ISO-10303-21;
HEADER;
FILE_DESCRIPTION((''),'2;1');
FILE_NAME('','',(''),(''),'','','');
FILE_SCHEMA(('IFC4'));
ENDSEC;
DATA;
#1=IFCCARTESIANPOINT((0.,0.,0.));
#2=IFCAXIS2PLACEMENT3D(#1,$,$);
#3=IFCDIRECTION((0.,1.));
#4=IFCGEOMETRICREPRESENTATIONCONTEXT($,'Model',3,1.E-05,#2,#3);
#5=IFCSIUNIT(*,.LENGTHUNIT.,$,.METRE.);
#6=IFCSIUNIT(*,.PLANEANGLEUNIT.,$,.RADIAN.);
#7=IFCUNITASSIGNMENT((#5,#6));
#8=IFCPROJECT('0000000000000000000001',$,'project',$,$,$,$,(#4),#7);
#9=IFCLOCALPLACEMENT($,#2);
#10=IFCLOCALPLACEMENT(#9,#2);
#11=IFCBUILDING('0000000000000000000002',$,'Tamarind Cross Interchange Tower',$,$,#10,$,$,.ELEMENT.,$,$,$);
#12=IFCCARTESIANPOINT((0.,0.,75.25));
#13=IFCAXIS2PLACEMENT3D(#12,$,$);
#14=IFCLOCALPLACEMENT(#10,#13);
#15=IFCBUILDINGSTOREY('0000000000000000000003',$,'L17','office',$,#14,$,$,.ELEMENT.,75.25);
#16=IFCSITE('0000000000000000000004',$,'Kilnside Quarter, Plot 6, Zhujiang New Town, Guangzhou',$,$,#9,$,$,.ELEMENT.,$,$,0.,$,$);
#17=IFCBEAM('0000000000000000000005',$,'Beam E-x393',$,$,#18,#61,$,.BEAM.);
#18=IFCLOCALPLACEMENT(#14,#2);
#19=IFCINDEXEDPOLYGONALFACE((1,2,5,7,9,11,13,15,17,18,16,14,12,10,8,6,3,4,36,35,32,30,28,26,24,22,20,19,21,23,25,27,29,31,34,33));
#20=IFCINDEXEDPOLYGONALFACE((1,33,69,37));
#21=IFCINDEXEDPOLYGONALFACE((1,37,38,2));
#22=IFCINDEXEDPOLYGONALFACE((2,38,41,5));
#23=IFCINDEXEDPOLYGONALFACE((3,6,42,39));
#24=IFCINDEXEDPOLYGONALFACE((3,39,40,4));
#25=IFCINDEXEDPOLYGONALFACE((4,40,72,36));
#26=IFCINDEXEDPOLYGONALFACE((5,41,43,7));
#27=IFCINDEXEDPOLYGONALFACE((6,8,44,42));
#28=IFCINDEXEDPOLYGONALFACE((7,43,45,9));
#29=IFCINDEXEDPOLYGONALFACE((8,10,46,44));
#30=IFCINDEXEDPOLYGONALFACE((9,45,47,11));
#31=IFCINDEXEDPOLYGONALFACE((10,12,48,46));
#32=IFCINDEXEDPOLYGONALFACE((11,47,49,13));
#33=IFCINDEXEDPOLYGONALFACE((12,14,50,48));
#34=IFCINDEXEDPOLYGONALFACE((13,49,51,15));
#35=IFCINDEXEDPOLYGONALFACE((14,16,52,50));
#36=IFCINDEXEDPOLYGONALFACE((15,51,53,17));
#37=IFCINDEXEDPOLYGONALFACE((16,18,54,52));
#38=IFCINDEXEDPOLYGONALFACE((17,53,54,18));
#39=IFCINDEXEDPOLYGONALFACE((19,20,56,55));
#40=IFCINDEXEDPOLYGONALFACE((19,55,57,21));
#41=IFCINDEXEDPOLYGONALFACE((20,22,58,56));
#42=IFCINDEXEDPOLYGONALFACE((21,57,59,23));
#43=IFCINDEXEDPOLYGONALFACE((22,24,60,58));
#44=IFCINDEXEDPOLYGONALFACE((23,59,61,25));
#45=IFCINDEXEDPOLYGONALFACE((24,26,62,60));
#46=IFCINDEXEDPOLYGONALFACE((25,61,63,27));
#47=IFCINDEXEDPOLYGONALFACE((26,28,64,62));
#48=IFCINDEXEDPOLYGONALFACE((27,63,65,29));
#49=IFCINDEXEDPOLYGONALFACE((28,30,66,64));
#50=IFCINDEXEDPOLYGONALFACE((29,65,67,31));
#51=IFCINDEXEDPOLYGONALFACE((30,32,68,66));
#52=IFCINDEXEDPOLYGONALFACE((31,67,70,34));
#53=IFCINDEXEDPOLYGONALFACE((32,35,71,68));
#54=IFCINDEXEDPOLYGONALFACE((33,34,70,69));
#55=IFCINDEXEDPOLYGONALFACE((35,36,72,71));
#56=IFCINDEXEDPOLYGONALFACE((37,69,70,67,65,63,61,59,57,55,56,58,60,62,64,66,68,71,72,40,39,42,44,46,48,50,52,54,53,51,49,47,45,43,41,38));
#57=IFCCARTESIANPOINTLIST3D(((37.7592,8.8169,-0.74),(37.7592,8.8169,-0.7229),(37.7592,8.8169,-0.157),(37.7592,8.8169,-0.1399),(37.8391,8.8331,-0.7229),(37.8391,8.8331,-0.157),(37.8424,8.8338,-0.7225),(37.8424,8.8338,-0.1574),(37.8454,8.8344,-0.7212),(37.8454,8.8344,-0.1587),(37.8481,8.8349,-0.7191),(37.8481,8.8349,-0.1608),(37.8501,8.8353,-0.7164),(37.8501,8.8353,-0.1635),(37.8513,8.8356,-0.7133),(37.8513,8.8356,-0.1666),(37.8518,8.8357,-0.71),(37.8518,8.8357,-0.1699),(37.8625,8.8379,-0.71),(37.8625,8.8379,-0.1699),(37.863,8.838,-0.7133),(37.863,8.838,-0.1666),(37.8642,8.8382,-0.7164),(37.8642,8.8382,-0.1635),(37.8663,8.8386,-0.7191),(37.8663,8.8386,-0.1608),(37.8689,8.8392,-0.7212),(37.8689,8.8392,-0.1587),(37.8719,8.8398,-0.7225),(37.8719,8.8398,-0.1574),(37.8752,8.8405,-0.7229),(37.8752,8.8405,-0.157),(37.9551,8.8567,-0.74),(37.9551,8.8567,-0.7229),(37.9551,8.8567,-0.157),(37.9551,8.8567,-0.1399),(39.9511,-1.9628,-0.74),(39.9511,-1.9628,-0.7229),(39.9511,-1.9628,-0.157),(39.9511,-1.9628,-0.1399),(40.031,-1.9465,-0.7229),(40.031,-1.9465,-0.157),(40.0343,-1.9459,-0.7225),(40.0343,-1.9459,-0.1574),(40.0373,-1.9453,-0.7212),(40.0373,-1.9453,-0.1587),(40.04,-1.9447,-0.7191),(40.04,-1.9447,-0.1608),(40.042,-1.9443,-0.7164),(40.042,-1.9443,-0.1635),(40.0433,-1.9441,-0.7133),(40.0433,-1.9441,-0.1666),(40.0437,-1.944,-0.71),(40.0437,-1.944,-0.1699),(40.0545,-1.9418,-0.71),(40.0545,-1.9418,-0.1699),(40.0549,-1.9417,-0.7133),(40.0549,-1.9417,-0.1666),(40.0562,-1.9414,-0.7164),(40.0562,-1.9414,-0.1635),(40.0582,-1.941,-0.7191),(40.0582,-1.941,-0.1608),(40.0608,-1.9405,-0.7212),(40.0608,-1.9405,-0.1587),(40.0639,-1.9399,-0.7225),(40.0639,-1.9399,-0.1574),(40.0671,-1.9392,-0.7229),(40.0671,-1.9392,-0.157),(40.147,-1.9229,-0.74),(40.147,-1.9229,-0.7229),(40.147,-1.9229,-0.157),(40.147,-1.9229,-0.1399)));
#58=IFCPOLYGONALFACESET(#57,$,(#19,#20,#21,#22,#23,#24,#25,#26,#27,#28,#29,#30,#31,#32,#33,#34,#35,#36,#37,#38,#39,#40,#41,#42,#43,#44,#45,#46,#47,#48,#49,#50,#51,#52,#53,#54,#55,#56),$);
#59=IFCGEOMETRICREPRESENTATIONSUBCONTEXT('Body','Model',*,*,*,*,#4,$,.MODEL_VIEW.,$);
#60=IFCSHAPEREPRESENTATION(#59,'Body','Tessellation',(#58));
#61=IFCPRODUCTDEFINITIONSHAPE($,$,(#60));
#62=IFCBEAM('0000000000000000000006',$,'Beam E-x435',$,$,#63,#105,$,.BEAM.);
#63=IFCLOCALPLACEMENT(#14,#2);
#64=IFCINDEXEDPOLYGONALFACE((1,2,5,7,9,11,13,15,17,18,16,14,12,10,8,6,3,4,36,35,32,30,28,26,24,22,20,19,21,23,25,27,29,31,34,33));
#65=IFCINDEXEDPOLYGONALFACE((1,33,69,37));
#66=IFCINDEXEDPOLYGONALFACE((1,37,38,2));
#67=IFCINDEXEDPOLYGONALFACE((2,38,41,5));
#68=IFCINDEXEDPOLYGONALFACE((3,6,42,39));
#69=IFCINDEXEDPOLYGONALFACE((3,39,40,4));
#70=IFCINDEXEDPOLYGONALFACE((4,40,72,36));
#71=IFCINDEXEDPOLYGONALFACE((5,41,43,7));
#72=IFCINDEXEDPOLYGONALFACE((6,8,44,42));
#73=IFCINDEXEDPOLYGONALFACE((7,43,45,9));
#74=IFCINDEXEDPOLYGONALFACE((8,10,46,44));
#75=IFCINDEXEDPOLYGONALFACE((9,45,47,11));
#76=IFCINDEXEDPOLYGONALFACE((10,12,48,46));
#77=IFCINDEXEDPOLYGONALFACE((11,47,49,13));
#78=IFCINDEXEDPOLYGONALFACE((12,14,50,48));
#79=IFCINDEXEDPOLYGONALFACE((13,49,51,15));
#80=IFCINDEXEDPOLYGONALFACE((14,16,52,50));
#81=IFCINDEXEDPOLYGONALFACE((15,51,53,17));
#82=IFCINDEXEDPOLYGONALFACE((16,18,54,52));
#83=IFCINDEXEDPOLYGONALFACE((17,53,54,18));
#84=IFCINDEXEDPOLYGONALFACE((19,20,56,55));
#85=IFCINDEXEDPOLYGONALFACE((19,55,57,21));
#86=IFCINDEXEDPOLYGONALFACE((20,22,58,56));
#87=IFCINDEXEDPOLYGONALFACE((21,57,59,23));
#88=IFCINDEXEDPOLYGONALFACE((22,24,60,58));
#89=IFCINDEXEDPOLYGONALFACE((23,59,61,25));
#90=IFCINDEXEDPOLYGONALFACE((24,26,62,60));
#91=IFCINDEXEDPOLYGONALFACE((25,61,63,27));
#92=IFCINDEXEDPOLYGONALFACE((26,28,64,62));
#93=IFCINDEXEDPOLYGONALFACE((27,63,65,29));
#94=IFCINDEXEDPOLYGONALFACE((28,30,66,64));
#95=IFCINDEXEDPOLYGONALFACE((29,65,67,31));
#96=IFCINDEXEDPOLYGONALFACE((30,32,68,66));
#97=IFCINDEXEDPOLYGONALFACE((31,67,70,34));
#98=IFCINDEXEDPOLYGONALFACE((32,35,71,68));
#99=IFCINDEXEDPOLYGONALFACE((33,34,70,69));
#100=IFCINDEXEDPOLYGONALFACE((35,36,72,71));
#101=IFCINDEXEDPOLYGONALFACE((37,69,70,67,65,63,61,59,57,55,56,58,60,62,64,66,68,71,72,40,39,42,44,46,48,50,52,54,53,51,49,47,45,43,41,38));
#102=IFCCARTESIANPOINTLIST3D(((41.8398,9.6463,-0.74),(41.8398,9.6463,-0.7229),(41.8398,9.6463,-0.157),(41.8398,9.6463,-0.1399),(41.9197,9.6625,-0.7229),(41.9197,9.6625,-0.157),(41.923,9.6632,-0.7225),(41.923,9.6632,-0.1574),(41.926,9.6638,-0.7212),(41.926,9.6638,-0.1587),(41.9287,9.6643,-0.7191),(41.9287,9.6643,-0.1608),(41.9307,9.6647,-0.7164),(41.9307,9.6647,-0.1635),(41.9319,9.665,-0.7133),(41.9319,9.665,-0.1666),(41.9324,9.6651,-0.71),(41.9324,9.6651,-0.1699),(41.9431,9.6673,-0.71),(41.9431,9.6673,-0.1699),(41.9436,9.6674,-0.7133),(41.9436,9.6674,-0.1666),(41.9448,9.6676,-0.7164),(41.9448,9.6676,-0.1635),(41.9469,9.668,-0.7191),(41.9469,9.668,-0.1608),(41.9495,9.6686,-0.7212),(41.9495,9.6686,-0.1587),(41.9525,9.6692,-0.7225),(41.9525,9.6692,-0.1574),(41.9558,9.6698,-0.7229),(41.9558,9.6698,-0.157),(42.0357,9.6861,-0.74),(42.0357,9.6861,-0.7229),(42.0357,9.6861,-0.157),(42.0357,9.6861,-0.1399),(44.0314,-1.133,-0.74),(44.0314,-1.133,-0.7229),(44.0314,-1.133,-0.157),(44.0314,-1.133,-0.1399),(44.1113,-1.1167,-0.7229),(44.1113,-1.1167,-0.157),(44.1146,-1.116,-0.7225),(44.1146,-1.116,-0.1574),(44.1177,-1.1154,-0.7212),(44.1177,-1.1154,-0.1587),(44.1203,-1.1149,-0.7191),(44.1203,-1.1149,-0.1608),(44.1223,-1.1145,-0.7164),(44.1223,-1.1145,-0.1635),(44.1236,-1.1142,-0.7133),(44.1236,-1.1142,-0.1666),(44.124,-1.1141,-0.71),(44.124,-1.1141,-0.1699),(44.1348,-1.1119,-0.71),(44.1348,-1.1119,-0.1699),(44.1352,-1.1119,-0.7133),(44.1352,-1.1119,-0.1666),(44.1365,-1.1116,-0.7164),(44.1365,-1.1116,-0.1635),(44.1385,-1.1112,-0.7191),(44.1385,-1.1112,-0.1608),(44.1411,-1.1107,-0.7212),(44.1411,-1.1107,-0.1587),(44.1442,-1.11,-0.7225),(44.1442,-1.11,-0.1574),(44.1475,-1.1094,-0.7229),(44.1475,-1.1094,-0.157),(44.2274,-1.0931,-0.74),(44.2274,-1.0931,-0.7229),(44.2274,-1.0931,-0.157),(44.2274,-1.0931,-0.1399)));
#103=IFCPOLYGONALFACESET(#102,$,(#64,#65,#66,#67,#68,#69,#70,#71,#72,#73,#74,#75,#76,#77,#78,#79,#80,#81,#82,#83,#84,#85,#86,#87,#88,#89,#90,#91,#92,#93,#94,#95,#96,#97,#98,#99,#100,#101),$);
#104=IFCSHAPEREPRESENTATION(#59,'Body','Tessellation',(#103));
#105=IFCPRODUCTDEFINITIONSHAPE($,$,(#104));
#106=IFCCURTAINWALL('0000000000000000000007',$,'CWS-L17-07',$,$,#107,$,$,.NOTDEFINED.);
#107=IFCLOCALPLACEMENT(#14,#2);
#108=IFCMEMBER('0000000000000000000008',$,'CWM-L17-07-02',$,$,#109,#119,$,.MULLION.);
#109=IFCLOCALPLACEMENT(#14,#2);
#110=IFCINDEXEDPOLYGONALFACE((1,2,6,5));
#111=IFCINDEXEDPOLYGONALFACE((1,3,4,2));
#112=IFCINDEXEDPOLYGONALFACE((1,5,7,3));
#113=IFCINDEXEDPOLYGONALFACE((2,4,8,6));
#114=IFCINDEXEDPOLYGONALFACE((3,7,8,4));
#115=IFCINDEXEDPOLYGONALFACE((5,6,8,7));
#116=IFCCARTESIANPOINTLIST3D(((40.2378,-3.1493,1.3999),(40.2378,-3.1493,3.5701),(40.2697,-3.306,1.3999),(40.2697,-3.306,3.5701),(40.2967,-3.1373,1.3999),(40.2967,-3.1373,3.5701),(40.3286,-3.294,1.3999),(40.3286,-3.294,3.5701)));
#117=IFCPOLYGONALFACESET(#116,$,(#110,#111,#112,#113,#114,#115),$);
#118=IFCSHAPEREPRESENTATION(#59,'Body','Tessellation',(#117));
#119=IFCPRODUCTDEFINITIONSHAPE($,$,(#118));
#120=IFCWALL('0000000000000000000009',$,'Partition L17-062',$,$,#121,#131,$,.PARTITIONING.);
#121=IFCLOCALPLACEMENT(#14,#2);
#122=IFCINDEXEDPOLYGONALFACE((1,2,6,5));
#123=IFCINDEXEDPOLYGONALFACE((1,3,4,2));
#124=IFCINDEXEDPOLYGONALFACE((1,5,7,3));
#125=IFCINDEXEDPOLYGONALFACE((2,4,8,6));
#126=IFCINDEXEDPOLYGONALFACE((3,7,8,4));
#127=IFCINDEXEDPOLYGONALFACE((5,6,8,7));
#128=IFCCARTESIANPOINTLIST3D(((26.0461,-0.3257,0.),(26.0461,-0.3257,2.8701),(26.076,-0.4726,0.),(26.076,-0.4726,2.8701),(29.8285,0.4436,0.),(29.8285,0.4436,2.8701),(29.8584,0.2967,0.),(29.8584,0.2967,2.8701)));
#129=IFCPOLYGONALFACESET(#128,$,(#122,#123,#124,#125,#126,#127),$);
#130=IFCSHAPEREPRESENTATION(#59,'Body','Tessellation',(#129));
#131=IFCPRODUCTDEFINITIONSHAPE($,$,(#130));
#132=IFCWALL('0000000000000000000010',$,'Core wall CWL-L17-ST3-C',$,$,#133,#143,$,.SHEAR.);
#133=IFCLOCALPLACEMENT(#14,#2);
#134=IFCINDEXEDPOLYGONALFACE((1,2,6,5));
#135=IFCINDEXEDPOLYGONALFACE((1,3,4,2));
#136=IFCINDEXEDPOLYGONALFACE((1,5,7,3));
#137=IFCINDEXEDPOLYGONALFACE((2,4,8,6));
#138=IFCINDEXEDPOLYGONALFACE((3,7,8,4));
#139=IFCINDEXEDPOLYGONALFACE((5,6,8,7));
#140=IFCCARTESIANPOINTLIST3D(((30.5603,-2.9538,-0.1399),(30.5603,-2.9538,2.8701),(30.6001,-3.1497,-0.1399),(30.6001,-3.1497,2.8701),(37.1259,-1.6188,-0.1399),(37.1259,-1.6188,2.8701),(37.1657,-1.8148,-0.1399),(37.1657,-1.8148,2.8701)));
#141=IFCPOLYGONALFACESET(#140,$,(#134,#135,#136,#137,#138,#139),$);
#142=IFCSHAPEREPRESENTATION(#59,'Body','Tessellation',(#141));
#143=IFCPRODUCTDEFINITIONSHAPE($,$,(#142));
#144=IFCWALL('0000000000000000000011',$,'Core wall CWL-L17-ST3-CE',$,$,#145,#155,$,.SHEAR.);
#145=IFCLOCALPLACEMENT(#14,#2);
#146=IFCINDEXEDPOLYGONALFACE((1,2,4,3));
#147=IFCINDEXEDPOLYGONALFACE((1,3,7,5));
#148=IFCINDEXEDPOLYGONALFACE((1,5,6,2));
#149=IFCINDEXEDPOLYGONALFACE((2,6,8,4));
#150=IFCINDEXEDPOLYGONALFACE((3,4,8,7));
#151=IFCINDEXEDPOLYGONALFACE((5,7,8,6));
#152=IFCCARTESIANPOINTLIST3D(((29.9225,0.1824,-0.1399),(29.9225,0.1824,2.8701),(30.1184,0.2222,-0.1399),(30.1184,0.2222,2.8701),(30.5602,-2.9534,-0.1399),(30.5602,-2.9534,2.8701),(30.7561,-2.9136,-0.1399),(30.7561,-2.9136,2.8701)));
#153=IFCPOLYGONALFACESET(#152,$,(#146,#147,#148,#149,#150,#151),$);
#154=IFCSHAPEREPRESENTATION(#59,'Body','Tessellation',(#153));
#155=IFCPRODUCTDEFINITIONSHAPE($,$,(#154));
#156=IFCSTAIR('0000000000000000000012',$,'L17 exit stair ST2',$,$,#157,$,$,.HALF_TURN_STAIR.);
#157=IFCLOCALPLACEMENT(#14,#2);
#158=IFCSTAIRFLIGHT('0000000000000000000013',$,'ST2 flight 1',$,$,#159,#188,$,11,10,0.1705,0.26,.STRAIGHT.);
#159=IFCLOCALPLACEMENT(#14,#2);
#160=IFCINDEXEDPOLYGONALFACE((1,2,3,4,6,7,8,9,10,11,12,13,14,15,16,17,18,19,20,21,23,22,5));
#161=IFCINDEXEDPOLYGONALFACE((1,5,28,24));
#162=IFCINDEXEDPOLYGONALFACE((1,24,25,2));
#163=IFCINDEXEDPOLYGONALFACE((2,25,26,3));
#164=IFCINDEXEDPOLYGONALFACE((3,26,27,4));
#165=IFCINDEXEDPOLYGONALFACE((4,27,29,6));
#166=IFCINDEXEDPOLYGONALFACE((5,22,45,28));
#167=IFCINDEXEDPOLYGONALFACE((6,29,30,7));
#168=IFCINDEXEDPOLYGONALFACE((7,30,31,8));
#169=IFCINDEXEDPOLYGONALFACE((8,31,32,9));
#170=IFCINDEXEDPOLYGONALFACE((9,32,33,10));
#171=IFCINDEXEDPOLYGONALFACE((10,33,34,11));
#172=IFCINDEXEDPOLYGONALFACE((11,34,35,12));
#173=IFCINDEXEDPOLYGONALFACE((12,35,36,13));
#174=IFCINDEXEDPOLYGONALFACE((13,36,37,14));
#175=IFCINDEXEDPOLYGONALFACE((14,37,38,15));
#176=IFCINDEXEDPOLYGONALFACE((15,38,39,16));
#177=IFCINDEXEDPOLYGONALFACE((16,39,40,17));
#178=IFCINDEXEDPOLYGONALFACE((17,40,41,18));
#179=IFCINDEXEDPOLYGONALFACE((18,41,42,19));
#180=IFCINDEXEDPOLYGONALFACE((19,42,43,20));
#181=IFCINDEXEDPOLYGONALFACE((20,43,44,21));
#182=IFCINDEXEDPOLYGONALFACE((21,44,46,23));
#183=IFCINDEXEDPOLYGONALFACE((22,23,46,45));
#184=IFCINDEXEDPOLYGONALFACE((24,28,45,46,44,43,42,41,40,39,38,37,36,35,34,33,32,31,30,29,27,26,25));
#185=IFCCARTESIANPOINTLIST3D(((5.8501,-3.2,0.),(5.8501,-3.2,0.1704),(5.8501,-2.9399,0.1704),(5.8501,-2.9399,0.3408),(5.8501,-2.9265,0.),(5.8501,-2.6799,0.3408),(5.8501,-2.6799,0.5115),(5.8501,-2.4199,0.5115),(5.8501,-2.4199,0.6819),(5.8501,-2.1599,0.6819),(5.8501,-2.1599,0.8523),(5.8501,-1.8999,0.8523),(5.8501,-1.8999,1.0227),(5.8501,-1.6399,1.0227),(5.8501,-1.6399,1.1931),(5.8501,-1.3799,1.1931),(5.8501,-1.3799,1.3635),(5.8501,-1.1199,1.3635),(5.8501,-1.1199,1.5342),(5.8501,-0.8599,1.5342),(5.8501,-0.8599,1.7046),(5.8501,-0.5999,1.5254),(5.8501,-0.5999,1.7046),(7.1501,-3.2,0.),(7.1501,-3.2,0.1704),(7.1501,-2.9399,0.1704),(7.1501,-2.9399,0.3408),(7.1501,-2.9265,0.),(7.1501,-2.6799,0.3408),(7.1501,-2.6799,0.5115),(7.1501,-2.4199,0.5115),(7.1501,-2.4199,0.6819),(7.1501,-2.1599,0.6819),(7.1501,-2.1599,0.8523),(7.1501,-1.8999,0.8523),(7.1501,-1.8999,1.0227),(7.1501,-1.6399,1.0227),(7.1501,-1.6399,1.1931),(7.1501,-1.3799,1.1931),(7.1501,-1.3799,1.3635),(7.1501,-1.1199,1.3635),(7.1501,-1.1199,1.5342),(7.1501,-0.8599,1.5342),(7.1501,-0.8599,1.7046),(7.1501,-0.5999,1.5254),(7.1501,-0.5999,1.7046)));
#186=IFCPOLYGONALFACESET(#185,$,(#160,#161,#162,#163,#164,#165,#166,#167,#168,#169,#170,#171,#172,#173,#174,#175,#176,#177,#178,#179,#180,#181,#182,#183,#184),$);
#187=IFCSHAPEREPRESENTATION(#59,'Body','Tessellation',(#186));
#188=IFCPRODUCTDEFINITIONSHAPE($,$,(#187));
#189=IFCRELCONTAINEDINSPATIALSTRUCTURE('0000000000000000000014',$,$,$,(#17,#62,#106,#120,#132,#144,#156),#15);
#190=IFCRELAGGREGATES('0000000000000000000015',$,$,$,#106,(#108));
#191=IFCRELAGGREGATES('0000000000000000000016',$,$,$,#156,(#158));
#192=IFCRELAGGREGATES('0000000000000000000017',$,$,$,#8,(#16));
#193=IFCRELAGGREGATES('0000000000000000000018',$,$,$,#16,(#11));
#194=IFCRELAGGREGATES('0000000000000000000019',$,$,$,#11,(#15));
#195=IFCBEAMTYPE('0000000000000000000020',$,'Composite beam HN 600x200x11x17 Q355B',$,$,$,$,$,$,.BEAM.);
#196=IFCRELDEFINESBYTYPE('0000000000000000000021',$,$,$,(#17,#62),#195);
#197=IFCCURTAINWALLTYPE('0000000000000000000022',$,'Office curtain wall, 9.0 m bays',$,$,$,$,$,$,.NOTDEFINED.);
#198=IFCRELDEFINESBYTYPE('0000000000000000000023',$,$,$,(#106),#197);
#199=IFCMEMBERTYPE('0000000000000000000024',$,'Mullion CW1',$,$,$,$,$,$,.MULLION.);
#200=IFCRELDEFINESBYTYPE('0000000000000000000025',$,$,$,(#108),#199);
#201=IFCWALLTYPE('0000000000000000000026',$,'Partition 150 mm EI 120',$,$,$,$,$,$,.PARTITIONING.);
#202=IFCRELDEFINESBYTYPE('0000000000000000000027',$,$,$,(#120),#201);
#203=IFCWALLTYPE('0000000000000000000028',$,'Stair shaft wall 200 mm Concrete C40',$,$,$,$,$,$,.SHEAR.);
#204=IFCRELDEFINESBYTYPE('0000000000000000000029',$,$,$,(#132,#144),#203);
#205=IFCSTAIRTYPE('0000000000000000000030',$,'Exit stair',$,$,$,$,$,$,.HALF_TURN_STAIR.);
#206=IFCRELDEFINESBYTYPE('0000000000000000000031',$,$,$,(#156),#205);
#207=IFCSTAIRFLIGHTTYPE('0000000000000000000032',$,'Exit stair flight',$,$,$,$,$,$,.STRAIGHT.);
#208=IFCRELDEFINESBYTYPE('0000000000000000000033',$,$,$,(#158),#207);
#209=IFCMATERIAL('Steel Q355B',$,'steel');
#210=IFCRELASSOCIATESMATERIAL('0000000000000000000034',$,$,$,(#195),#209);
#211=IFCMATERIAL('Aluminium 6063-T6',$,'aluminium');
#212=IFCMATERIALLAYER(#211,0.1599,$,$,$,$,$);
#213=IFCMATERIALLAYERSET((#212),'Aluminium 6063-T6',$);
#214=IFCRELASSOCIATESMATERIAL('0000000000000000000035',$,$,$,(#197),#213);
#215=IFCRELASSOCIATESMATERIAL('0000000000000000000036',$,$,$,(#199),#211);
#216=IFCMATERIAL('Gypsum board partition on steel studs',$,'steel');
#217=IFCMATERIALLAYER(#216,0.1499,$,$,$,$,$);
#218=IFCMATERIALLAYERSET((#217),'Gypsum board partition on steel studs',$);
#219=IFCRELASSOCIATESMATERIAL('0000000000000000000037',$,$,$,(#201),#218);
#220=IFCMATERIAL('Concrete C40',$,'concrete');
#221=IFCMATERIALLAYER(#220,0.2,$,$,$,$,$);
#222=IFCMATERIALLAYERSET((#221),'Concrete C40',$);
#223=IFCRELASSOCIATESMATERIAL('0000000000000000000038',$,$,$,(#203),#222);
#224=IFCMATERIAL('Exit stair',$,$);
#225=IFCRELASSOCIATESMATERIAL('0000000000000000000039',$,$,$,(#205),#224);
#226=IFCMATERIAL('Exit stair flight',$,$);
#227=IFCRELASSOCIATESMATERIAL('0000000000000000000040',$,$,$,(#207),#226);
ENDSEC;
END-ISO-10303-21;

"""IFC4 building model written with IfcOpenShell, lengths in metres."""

from ifc_helpers import new_model, si_unit, direction, frame, frame_2d, origin, origin_2d, place, context, subcontext, project, spatial, polyline, rectangle, i_section, outline, extrude, material, layer, layer_set, material_profile, profile_set, type_object, element, aggregate, save


model = new_model("IFC4")

# Units and contexts
model_context = context("Model", 3, precision=1e-05, world=origin(), true_north=direction((0.0, 1.0)))
body_context = subcontext(model_context, "Body", "Model", "MODEL_VIEW")
ifc_project = project(units=[si_unit("LENGTHUNIT", "METRE"), si_unit("PLANEANGLEUNIT", "RADIAN")], contexts=[model_context])

# Site, building, storey
site_placement = place(None, origin())
site = spatial("IfcSite", under=ifc_project, at=site_placement, Name="Kilnside Quarter, Plot 6, Zhujiang New Town, Guangzhou", CompositionType="ELEMENT", RefElevation=0.0)
building_placement = place(site_placement, origin())
building = spatial("IfcBuilding", under=site, at=building_placement, Name="Tamarind Cross Interchange Tower", CompositionType="ELEMENT")
storey_placement = place(building_placement, frame((0.0, 0.0, 75.25)))
storey = spatial("IfcBuildingStorey", under=building, at=storey_placement, Name="L17", Description="office", CompositionType="ELEMENT", Elevation=75.25)

# Beams
ifc_material_1 = material(Name="Steel Q355B", Category="steel")
ifc_material_profile_1 = material_profile(ifc_material_1, i_section(OverallWidth=0.2, OverallDepth=0.6001, WebThickness=0.011, FlangeThickness=0.0171, FilletRadius=0.0129, at=origin_2d()), Name="HN 600x200x11x17")
ifc_profile_set_1 = profile_set([ifc_material_profile_1], Name="Steel Q355B")
beam_type_1 = type_object("IfcBeamType", Name="Composite beam HN 600x200x11x17 Q355B", PredefinedType="BEAM", material=ifc_profile_set_1)
beam_1_placement = place(storey_placement, frame((40.0491, -1.9429, -0.4399), z_axis=(-0.199261, 0.979947, 0.0), x_axis=(-0.979947, -0.199261, 0.0)))
element("IfcBeam", 1, at=beam_1_placement, inside=storey, type_object=beam_type_1, Name="Beam E-x393", PredefinedType="BEAM", context=body_context, shape_type="SweptSolid", body=[
    extrude(i_section(OverallWidth=0.2, OverallDepth=0.6001, WebThickness=0.011, FlangeThickness=0.0171, FilletRadius=0.0129, at=origin_2d()), origin(), (0.0, 0.0, 1.0), 11.0002),
])
beam_2_placement = place(storey_placement, frame((44.1294, -1.113, -0.4399), z_axis=(-0.199244, 0.97995, 0.0), x_axis=(-0.97995, -0.199244, 0.0)))
element("IfcBeam", 2, at=beam_2_placement, inside=storey, type_object=beam_type_1, Name="Beam E-x435", PredefinedType="BEAM", context=body_context, shape_type="SweptSolid", body=[
    extrude(i_section(OverallWidth=0.2, OverallDepth=0.6001, WebThickness=0.011, FlangeThickness=0.0171, FilletRadius=0.0129, at=origin_2d()), origin(), (0.0, 0.0, 1.0), 10.9998),
])

# Curtain wall, member
ifc_material_2 = material(Name="Aluminium 6063-T6", Category="aluminium")
ifc_layer_1 = layer(ifc_material_2, 0.1599)
ifc_layer_set_1 = layer_set([ifc_layer_1], Name="Aluminium 6063-T6")
curtain_wall_type = type_object("IfcCurtainWallType", Name="Office curtain wall, 9.0 m bays", PredefinedType="NOTDEFINED", material=ifc_layer_set_1)
curtain_wall_placement = place(storey_placement, origin())
curtain_wall = element("IfcCurtainWall", 3, at=curtain_wall_placement, inside=storey, type_object=curtain_wall_type, Name="CWS-L17-07", PredefinedType="NOTDEFINED")
ifc_material_profile_2 = material_profile(ifc_material_2, rectangle(XDim=0.0601, YDim=0.1599, at=origin_2d()), Name="Mullion CW1")
ifc_profile_set_2 = profile_set([ifc_material_profile_2], Name="Aluminium 6063-T6")
member_type = type_object("IfcMemberType", Name="Mullion CW1", PredefinedType="MULLION", material=ifc_profile_set_2)
member_placement = place(storey_placement, frame((40.2832, -3.2217, 1.3999), z_axis=(0.0, 0.0, 1.0), x_axis=(0.97995, 0.199245, 0.0)))
member = element("IfcMember", 4, at=member_placement, type_object=member_type, Name="CWM-L17-07-02", PredefinedType="MULLION", context=body_context, shape_type="SweptSolid", body=[
    extrude(rectangle(XDim=0.0601, YDim=0.1599, at=origin_2d()), origin(), (0.0, 0.0, 1.0), 2.1702),
])
aggregate(curtain_wall, [member])

# Walls
ifc_material_3 = material(Name="Gypsum board partition on steel studs", Category="steel")
ifc_layer_2 = layer(ifc_material_3, 0.1499)
ifc_layer_set_2 = layer_set([ifc_layer_2], Name="Gypsum board partition on steel studs")
wall_type_1 = type_object("IfcWallType", Name="Partition 150 mm EI 120", PredefinedType="PARTITIONING", material=ifc_layer_set_2)
wall_1_placement = place(storey_placement, frame((26.061, -0.3992, 0.0), z_axis=(0.0, 0.0, 1.0), x_axis=(0.979938, 0.199302, 0.0)))
element("IfcWall", 5, at=wall_1_placement, inside=storey, type_object=wall_type_1, Name="Partition L17-062", PredefinedType="PARTITIONING", context=body_context, shape_type="SweptSolid", body=[
    extrude(rectangle(XDim=3.8599, YDim=0.1499, at=frame_2d((1.9299, 0.0))), origin(), (0.0, 0.0, 1.0), 2.8701),
])
ifc_material_4 = material(Name="Concrete C40", Category="concrete")
ifc_layer_3 = layer(ifc_material_4, 0.2)
ifc_layer_set_3 = layer_set([ifc_layer_3], Name="Concrete C40")
wall_type_2 = type_object("IfcWallType", Name="Stair shaft wall 200 mm Concrete C40", PredefinedType="SHEAR", material=ifc_layer_set_3)
wall_2_placement = place(storey_placement, frame((30.5801, -3.0518, -0.1399), z_axis=(0.0, 0.0, 1.0), x_axis=(0.979949, 0.199247, 0.0)))
element("IfcWall", 6, at=wall_2_placement, inside=storey, type_object=wall_type_2, Name="Core wall CWL-L17-ST3-C", PredefinedType="SHEAR", context=body_context, shape_type="SweptSolid", body=[
    extrude(rectangle(XDim=6.7, YDim=0.2, at=frame_2d((3.3501, 0.0))), origin(), (0.0, 0.0, 1.0), 3.01),
])
wall_3_placement = place(storey_placement, frame((30.6582, -2.9336, -0.1399), z_axis=(0.0, 0.0, 1.0), x_axis=(-0.199284, 0.979942, 0.0)))
element("IfcWall", 7, at=wall_3_placement, inside=storey, type_object=wall_type_2, Name="Core wall CWL-L17-ST3-CE", PredefinedType="SHEAR", context=body_context, shape_type="SweptSolid", body=[
    extrude(rectangle(XDim=3.2, YDim=0.2, at=frame_2d((1.6001, 0.0))), origin(), (0.0, 0.0, 1.0), 3.01),
])

# Stair, stair flight
ifc_material_5 = material(Name="Exit stair")
stair_type = type_object("IfcStairType", Name="Exit stair", PredefinedType="HALF_TURN_STAIR", material=ifc_material_5)
stair_1_placement = place(storey_placement, origin())
stair_1 = element("IfcStair", 8, at=stair_1_placement, inside=storey, type_object=stair_type, Name="L17 exit stair ST2", PredefinedType="HALF_TURN_STAIR")
ifc_material_6 = material(Name="Exit stair flight")
stair_flight_type = type_object("IfcStairFlightType", Name="Exit stair flight", PredefinedType="STRAIGHT", material=ifc_material_6)
stair_flight_1_placement = place(storey_placement, frame((6.5, -3.2, 0.0), z_axis=(0.0, 0.0, 1.0), x_axis=(0.0, 1.0, 0.0)))
stair_flight_1 = element("IfcStairFlight", 9, at=stair_flight_1_placement, type_object=stair_flight_type, Name="ST2 flight 1", NumberOfRisers=11, NumberOfTreads=10, PredefinedType="STRAIGHT", RiserHeight=0.1705, TreadLength=0.26, context=body_context, shape_type="SweptSolid", body=[
    extrude(outline(polyline([(0.0, 0.0), (0.0, 0.1704), (0.26, 0.1704), (0.26, 0.3408), (0.52, 0.3408), (0.52, 0.5115), (0.78, 0.5115), (0.78, 0.6819), (1.04, 0.6819), (1.04, 0.8523), (1.3, 0.8523), (1.3, 1.0227), (1.5601, 1.0227), (1.5601, 1.1931), (1.8201, 1.1931), (1.8201, 1.3635), (2.0801, 1.3635), (2.0801, 1.5342), (2.3401, 1.5342), (2.3401, 1.7046), (2.6001, 1.7046), (2.6001, 1.875), (2.6001, 1.5254), (0.2734, 0.0), (0.0, 0.0)])), frame((0.0, 0.6499, 0.0), z_axis=(0.0, -1.0, 0.0), x_axis=(1.0, 0.0, 0.0)), (0.0, 0.0, 1.0), 1.3),
])
aggregate(stair_1, [stair_flight_1])

save(model, "model.ifc")
